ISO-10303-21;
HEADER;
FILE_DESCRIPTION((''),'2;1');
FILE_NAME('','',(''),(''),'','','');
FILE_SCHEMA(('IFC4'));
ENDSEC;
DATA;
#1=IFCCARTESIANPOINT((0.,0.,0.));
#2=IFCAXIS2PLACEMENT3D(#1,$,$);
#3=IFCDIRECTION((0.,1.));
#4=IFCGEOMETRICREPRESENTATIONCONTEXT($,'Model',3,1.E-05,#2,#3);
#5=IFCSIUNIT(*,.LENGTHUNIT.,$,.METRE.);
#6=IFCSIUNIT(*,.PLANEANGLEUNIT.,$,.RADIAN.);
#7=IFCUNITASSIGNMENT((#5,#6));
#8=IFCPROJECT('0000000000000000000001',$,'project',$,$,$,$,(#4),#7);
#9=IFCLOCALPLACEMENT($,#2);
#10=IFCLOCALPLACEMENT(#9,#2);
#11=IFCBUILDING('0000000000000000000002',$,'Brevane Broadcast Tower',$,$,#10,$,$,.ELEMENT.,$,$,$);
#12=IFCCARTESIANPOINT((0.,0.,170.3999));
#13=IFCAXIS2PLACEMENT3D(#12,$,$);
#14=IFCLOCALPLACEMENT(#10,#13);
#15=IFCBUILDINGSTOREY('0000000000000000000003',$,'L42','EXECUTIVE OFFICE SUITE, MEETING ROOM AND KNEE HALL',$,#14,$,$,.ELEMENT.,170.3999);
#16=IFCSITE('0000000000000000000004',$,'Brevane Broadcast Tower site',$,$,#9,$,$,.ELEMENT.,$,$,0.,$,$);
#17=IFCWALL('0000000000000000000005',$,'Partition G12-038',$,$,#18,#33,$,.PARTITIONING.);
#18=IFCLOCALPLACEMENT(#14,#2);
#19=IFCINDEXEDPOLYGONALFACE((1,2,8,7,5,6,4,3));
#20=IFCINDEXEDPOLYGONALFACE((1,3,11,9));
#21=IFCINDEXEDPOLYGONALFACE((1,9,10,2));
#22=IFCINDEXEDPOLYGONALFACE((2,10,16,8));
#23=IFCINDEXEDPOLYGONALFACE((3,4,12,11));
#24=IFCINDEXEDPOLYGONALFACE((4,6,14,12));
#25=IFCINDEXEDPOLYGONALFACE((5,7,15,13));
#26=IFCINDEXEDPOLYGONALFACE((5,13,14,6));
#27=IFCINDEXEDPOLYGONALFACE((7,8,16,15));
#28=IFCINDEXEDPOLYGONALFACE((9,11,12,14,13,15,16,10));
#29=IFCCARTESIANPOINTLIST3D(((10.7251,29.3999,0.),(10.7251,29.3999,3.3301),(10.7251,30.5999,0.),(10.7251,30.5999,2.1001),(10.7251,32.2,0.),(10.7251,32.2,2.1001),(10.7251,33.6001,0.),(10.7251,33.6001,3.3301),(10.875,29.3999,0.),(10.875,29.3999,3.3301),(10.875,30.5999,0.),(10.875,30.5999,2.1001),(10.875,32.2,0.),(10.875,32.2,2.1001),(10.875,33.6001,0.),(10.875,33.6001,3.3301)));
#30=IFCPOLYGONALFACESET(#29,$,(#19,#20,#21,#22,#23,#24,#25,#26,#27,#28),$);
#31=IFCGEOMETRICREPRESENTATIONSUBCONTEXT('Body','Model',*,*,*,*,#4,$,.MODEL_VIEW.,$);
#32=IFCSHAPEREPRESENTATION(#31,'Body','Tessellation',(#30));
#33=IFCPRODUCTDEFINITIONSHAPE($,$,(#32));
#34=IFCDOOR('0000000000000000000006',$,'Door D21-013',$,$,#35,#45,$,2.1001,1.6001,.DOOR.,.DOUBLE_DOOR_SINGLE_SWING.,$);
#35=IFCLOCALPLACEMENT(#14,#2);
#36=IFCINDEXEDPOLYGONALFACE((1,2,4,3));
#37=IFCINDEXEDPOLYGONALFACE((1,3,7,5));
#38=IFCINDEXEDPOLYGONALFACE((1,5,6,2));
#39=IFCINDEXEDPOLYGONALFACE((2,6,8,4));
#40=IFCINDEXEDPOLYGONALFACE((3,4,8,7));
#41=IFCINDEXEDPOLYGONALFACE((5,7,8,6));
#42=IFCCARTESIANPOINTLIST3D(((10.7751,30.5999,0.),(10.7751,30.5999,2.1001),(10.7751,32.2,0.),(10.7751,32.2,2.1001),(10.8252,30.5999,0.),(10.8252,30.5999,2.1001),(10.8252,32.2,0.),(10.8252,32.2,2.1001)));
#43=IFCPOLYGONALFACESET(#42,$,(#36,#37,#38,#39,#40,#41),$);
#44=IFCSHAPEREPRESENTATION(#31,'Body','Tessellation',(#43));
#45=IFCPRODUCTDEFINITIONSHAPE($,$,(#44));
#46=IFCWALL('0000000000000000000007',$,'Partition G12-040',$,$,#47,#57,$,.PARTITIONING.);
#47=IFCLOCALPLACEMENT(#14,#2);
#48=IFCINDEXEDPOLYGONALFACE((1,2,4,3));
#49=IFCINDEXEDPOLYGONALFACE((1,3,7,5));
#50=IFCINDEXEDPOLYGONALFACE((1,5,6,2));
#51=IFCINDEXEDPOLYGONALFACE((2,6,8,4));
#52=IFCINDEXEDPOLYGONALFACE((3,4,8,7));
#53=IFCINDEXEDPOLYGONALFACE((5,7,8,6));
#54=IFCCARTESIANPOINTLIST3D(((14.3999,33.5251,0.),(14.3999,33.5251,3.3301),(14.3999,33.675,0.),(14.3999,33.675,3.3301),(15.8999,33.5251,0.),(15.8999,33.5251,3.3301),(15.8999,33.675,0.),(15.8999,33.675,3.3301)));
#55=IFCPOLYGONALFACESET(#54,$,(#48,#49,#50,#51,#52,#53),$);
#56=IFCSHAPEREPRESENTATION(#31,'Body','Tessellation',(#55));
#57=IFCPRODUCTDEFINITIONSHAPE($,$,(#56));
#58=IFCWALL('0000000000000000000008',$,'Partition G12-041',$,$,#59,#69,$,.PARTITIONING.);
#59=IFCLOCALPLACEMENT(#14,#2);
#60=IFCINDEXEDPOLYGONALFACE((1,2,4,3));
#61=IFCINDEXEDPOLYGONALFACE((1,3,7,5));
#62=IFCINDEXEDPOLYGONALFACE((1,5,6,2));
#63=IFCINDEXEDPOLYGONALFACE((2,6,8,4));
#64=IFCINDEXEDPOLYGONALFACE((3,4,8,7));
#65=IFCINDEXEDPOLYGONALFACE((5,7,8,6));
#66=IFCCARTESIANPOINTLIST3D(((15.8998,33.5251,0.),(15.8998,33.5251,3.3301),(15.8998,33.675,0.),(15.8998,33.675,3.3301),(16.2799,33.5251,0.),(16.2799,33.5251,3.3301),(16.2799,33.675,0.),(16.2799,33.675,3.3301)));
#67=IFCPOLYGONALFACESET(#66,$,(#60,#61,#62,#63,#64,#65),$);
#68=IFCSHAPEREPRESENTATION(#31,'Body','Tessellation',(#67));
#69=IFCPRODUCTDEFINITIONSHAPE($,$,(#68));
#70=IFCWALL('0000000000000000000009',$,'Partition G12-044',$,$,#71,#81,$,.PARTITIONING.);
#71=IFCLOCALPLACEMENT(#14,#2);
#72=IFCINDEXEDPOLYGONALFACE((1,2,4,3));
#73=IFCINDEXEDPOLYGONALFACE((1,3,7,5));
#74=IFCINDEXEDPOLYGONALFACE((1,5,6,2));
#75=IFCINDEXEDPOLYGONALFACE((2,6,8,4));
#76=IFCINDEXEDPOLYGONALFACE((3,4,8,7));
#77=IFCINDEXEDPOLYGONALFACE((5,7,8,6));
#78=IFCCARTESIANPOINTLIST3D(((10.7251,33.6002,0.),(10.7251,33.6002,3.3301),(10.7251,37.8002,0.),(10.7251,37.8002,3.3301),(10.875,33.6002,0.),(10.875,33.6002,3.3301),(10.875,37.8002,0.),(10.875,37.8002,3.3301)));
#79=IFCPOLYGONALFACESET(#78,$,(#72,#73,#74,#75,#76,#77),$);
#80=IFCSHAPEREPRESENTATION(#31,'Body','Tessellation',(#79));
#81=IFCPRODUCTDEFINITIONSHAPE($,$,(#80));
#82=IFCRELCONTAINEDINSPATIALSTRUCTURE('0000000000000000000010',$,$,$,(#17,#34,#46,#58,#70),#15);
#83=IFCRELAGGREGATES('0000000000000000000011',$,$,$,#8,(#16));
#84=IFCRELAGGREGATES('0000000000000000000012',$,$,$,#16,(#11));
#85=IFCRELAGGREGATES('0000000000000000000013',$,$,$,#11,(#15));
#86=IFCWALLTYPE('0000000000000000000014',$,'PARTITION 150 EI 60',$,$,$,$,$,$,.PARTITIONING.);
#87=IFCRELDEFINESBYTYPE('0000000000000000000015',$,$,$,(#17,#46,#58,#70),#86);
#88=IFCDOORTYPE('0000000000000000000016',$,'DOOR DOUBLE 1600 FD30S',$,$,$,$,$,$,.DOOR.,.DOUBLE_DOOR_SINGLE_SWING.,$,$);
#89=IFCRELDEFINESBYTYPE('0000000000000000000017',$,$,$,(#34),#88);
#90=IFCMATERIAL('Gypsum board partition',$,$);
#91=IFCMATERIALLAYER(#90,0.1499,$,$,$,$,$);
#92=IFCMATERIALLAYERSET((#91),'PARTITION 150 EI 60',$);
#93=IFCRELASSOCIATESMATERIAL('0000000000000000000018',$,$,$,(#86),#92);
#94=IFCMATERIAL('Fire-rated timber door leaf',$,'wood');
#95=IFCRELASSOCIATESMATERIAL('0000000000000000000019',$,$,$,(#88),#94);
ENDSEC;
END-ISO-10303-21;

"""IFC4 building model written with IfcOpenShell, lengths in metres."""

from ifc_helpers import new_model, si_unit, direction, frame, frame_2d, origin, place, context, subcontext, project, spatial, rectangle, extrude, material, layer, layer_set, type_object, element, fill, save


model = new_model("IFC4")

# Units and contexts
model_context = context("Model", 3, precision=1e-05, world=origin(), true_north=direction((0.0, 1.0)))
body_context = subcontext(model_context, "Body", "Model", "MODEL_VIEW")
ifc_project = project(units=[si_unit("LENGTHUNIT", "METRE"), si_unit("PLANEANGLEUNIT", "RADIAN")], contexts=[model_context])

# Site, building, storey
site_placement = place(None, origin())
site = spatial("IfcSite", under=ifc_project, at=site_placement, Name="Brevane Broadcast Tower site", CompositionType="ELEMENT", RefElevation=0.0)
building_placement = place(site_placement, origin())
building = spatial("IfcBuilding", under=site, at=building_placement, Name="Brevane Broadcast Tower", CompositionType="ELEMENT")
storey_placement = place(building_placement, frame((0.0, 0.0, 170.3999)))
storey = spatial("IfcBuildingStorey", under=building, at=storey_placement, Name="L42", Description="EXECUTIVE OFFICE SUITE, MEETING ROOM AND KNEE HALL", CompositionType="ELEMENT", Elevation=170.3999)

# Shared definitions
ifc_material_1 = material(Name="Gypsum board partition")

# Wall, opening, door
ifc_layer_1 = layer(ifc_material_1, 0.1499)
ifc_layer_set_1 = layer_set([ifc_layer_1], Name="PARTITION 150 EI 60")
wall_type_1 = type_object("IfcWallType", Name="PARTITION 150 EI 60", PredefinedType="PARTITIONING", material=ifc_layer_set_1)
wall_1_placement = place(storey_placement, frame((10.8, 29.3999, 0.0), z_axis=(0.0, 0.0, 1.0), x_axis=(0.0, 1.0, 0.0)))
wall_1 = element("IfcWall", 1, at=wall_1_placement, inside=storey, type_object=wall_type_1, Name="Partition G12-038", PredefinedType="PARTITIONING", context=body_context, shape_type="SweptSolid", body=[
    extrude(rectangle(XDim=4.2002, YDim=0.1499, at=frame_2d((2.1001, 0.0))), origin(), (0.0, 0.0, 1.0), 3.3301),
])
opening_1_placement = place(wall_1_placement, frame((1.2, 0.0, 0.0)))
opening_1 = element("IfcOpeningElement", 2, at=opening_1_placement, cuts=wall_1, PredefinedType="OPENING", context=body_context, shape_type="SweptSolid", body=[
    extrude(rectangle(XDim=1.6001, YDim=2.1001, at=frame_2d((0.8, 1.05))), frame((0.0, 0.085, 0.0), z_axis=(0.0, -1.0, 0.0), x_axis=(1.0, 0.0, 0.0)), (0.0, 0.0, 1.0), 0.1699),
])
ifc_material_2 = material(Name="Fire-rated timber door leaf", Category="wood")
door_type_1 = type_object("IfcDoorType", Name="DOOR DOUBLE 1600 FD30S", OperationType="DOUBLE_DOOR_SINGLE_SWING", PredefinedType="DOOR", material=ifc_material_2)
door_1_placement = place(opening_1_placement, origin())
door_1 = element("IfcDoor", 3, at=door_1_placement, inside=storey, type_object=door_type_1, Name="Door D21-013", OperationType="DOUBLE_DOOR_SINGLE_SWING", OverallHeight=2.1001, OverallWidth=1.6001, PredefinedType="DOOR", context=body_context, shape_type="SweptSolid", body=[
    extrude(rectangle(XDim=1.6001, YDim=2.1001, at=frame_2d((0.8, 1.05))), frame((0.0, 0.0249, 0.0), z_axis=(0.0, -1.0, 0.0), x_axis=(1.0, 0.0, 0.0)), (0.0, 0.0, 1.0), 0.05),
])
fill(opening_1, door_1)

# Walls
wall_2_placement = place(storey_placement, frame((14.3999, 33.6001, 0.0), z_axis=(0.0, 0.0, 1.0), x_axis=(1.0, 0.0, 0.0)))
element("IfcWall", 4, at=wall_2_placement, inside=storey, type_object=wall_type_1, Name="Partition G12-040", PredefinedType="PARTITIONING", context=body_context, shape_type="SweptSolid", body=[
    extrude(rectangle(XDim=1.5, YDim=0.1499, at=frame_2d((0.75, 0.0))), origin(), (0.0, 0.0, 1.0), 3.3301),
])
wall_3_placement = place(storey_placement, frame((15.8999, 33.6001, 0.0), z_axis=(0.0, 0.0, 1.0), x_axis=(1.0, 0.0, 0.0)))
element("IfcWall", 5, at=wall_3_placement, inside=storey, type_object=wall_type_1, Name="Partition G12-041", PredefinedType="PARTITIONING", context=body_context, shape_type="SweptSolid", body=[
    extrude(rectangle(XDim=0.3801, YDim=0.1499, at=frame_2d((0.1899, 0.0))), origin(), (0.0, 0.0, 1.0), 3.3301),
])
wall_4_placement = place(storey_placement, frame((10.8, 33.6001, 0.0), z_axis=(0.0, 0.0, 1.0), x_axis=(0.0, 1.0, 0.0)))
element("IfcWall", 6, at=wall_4_placement, inside=storey, type_object=wall_type_1, Name="Partition G12-044", PredefinedType="PARTITIONING", context=body_context, shape_type="SweptSolid", body=[
    extrude(rectangle(XDim=4.2, YDim=0.1499, at=frame_2d((2.1001, 0.0))), origin(), (0.0, 0.0, 1.0), 3.3301),
])

save(model, "model.ifc")
